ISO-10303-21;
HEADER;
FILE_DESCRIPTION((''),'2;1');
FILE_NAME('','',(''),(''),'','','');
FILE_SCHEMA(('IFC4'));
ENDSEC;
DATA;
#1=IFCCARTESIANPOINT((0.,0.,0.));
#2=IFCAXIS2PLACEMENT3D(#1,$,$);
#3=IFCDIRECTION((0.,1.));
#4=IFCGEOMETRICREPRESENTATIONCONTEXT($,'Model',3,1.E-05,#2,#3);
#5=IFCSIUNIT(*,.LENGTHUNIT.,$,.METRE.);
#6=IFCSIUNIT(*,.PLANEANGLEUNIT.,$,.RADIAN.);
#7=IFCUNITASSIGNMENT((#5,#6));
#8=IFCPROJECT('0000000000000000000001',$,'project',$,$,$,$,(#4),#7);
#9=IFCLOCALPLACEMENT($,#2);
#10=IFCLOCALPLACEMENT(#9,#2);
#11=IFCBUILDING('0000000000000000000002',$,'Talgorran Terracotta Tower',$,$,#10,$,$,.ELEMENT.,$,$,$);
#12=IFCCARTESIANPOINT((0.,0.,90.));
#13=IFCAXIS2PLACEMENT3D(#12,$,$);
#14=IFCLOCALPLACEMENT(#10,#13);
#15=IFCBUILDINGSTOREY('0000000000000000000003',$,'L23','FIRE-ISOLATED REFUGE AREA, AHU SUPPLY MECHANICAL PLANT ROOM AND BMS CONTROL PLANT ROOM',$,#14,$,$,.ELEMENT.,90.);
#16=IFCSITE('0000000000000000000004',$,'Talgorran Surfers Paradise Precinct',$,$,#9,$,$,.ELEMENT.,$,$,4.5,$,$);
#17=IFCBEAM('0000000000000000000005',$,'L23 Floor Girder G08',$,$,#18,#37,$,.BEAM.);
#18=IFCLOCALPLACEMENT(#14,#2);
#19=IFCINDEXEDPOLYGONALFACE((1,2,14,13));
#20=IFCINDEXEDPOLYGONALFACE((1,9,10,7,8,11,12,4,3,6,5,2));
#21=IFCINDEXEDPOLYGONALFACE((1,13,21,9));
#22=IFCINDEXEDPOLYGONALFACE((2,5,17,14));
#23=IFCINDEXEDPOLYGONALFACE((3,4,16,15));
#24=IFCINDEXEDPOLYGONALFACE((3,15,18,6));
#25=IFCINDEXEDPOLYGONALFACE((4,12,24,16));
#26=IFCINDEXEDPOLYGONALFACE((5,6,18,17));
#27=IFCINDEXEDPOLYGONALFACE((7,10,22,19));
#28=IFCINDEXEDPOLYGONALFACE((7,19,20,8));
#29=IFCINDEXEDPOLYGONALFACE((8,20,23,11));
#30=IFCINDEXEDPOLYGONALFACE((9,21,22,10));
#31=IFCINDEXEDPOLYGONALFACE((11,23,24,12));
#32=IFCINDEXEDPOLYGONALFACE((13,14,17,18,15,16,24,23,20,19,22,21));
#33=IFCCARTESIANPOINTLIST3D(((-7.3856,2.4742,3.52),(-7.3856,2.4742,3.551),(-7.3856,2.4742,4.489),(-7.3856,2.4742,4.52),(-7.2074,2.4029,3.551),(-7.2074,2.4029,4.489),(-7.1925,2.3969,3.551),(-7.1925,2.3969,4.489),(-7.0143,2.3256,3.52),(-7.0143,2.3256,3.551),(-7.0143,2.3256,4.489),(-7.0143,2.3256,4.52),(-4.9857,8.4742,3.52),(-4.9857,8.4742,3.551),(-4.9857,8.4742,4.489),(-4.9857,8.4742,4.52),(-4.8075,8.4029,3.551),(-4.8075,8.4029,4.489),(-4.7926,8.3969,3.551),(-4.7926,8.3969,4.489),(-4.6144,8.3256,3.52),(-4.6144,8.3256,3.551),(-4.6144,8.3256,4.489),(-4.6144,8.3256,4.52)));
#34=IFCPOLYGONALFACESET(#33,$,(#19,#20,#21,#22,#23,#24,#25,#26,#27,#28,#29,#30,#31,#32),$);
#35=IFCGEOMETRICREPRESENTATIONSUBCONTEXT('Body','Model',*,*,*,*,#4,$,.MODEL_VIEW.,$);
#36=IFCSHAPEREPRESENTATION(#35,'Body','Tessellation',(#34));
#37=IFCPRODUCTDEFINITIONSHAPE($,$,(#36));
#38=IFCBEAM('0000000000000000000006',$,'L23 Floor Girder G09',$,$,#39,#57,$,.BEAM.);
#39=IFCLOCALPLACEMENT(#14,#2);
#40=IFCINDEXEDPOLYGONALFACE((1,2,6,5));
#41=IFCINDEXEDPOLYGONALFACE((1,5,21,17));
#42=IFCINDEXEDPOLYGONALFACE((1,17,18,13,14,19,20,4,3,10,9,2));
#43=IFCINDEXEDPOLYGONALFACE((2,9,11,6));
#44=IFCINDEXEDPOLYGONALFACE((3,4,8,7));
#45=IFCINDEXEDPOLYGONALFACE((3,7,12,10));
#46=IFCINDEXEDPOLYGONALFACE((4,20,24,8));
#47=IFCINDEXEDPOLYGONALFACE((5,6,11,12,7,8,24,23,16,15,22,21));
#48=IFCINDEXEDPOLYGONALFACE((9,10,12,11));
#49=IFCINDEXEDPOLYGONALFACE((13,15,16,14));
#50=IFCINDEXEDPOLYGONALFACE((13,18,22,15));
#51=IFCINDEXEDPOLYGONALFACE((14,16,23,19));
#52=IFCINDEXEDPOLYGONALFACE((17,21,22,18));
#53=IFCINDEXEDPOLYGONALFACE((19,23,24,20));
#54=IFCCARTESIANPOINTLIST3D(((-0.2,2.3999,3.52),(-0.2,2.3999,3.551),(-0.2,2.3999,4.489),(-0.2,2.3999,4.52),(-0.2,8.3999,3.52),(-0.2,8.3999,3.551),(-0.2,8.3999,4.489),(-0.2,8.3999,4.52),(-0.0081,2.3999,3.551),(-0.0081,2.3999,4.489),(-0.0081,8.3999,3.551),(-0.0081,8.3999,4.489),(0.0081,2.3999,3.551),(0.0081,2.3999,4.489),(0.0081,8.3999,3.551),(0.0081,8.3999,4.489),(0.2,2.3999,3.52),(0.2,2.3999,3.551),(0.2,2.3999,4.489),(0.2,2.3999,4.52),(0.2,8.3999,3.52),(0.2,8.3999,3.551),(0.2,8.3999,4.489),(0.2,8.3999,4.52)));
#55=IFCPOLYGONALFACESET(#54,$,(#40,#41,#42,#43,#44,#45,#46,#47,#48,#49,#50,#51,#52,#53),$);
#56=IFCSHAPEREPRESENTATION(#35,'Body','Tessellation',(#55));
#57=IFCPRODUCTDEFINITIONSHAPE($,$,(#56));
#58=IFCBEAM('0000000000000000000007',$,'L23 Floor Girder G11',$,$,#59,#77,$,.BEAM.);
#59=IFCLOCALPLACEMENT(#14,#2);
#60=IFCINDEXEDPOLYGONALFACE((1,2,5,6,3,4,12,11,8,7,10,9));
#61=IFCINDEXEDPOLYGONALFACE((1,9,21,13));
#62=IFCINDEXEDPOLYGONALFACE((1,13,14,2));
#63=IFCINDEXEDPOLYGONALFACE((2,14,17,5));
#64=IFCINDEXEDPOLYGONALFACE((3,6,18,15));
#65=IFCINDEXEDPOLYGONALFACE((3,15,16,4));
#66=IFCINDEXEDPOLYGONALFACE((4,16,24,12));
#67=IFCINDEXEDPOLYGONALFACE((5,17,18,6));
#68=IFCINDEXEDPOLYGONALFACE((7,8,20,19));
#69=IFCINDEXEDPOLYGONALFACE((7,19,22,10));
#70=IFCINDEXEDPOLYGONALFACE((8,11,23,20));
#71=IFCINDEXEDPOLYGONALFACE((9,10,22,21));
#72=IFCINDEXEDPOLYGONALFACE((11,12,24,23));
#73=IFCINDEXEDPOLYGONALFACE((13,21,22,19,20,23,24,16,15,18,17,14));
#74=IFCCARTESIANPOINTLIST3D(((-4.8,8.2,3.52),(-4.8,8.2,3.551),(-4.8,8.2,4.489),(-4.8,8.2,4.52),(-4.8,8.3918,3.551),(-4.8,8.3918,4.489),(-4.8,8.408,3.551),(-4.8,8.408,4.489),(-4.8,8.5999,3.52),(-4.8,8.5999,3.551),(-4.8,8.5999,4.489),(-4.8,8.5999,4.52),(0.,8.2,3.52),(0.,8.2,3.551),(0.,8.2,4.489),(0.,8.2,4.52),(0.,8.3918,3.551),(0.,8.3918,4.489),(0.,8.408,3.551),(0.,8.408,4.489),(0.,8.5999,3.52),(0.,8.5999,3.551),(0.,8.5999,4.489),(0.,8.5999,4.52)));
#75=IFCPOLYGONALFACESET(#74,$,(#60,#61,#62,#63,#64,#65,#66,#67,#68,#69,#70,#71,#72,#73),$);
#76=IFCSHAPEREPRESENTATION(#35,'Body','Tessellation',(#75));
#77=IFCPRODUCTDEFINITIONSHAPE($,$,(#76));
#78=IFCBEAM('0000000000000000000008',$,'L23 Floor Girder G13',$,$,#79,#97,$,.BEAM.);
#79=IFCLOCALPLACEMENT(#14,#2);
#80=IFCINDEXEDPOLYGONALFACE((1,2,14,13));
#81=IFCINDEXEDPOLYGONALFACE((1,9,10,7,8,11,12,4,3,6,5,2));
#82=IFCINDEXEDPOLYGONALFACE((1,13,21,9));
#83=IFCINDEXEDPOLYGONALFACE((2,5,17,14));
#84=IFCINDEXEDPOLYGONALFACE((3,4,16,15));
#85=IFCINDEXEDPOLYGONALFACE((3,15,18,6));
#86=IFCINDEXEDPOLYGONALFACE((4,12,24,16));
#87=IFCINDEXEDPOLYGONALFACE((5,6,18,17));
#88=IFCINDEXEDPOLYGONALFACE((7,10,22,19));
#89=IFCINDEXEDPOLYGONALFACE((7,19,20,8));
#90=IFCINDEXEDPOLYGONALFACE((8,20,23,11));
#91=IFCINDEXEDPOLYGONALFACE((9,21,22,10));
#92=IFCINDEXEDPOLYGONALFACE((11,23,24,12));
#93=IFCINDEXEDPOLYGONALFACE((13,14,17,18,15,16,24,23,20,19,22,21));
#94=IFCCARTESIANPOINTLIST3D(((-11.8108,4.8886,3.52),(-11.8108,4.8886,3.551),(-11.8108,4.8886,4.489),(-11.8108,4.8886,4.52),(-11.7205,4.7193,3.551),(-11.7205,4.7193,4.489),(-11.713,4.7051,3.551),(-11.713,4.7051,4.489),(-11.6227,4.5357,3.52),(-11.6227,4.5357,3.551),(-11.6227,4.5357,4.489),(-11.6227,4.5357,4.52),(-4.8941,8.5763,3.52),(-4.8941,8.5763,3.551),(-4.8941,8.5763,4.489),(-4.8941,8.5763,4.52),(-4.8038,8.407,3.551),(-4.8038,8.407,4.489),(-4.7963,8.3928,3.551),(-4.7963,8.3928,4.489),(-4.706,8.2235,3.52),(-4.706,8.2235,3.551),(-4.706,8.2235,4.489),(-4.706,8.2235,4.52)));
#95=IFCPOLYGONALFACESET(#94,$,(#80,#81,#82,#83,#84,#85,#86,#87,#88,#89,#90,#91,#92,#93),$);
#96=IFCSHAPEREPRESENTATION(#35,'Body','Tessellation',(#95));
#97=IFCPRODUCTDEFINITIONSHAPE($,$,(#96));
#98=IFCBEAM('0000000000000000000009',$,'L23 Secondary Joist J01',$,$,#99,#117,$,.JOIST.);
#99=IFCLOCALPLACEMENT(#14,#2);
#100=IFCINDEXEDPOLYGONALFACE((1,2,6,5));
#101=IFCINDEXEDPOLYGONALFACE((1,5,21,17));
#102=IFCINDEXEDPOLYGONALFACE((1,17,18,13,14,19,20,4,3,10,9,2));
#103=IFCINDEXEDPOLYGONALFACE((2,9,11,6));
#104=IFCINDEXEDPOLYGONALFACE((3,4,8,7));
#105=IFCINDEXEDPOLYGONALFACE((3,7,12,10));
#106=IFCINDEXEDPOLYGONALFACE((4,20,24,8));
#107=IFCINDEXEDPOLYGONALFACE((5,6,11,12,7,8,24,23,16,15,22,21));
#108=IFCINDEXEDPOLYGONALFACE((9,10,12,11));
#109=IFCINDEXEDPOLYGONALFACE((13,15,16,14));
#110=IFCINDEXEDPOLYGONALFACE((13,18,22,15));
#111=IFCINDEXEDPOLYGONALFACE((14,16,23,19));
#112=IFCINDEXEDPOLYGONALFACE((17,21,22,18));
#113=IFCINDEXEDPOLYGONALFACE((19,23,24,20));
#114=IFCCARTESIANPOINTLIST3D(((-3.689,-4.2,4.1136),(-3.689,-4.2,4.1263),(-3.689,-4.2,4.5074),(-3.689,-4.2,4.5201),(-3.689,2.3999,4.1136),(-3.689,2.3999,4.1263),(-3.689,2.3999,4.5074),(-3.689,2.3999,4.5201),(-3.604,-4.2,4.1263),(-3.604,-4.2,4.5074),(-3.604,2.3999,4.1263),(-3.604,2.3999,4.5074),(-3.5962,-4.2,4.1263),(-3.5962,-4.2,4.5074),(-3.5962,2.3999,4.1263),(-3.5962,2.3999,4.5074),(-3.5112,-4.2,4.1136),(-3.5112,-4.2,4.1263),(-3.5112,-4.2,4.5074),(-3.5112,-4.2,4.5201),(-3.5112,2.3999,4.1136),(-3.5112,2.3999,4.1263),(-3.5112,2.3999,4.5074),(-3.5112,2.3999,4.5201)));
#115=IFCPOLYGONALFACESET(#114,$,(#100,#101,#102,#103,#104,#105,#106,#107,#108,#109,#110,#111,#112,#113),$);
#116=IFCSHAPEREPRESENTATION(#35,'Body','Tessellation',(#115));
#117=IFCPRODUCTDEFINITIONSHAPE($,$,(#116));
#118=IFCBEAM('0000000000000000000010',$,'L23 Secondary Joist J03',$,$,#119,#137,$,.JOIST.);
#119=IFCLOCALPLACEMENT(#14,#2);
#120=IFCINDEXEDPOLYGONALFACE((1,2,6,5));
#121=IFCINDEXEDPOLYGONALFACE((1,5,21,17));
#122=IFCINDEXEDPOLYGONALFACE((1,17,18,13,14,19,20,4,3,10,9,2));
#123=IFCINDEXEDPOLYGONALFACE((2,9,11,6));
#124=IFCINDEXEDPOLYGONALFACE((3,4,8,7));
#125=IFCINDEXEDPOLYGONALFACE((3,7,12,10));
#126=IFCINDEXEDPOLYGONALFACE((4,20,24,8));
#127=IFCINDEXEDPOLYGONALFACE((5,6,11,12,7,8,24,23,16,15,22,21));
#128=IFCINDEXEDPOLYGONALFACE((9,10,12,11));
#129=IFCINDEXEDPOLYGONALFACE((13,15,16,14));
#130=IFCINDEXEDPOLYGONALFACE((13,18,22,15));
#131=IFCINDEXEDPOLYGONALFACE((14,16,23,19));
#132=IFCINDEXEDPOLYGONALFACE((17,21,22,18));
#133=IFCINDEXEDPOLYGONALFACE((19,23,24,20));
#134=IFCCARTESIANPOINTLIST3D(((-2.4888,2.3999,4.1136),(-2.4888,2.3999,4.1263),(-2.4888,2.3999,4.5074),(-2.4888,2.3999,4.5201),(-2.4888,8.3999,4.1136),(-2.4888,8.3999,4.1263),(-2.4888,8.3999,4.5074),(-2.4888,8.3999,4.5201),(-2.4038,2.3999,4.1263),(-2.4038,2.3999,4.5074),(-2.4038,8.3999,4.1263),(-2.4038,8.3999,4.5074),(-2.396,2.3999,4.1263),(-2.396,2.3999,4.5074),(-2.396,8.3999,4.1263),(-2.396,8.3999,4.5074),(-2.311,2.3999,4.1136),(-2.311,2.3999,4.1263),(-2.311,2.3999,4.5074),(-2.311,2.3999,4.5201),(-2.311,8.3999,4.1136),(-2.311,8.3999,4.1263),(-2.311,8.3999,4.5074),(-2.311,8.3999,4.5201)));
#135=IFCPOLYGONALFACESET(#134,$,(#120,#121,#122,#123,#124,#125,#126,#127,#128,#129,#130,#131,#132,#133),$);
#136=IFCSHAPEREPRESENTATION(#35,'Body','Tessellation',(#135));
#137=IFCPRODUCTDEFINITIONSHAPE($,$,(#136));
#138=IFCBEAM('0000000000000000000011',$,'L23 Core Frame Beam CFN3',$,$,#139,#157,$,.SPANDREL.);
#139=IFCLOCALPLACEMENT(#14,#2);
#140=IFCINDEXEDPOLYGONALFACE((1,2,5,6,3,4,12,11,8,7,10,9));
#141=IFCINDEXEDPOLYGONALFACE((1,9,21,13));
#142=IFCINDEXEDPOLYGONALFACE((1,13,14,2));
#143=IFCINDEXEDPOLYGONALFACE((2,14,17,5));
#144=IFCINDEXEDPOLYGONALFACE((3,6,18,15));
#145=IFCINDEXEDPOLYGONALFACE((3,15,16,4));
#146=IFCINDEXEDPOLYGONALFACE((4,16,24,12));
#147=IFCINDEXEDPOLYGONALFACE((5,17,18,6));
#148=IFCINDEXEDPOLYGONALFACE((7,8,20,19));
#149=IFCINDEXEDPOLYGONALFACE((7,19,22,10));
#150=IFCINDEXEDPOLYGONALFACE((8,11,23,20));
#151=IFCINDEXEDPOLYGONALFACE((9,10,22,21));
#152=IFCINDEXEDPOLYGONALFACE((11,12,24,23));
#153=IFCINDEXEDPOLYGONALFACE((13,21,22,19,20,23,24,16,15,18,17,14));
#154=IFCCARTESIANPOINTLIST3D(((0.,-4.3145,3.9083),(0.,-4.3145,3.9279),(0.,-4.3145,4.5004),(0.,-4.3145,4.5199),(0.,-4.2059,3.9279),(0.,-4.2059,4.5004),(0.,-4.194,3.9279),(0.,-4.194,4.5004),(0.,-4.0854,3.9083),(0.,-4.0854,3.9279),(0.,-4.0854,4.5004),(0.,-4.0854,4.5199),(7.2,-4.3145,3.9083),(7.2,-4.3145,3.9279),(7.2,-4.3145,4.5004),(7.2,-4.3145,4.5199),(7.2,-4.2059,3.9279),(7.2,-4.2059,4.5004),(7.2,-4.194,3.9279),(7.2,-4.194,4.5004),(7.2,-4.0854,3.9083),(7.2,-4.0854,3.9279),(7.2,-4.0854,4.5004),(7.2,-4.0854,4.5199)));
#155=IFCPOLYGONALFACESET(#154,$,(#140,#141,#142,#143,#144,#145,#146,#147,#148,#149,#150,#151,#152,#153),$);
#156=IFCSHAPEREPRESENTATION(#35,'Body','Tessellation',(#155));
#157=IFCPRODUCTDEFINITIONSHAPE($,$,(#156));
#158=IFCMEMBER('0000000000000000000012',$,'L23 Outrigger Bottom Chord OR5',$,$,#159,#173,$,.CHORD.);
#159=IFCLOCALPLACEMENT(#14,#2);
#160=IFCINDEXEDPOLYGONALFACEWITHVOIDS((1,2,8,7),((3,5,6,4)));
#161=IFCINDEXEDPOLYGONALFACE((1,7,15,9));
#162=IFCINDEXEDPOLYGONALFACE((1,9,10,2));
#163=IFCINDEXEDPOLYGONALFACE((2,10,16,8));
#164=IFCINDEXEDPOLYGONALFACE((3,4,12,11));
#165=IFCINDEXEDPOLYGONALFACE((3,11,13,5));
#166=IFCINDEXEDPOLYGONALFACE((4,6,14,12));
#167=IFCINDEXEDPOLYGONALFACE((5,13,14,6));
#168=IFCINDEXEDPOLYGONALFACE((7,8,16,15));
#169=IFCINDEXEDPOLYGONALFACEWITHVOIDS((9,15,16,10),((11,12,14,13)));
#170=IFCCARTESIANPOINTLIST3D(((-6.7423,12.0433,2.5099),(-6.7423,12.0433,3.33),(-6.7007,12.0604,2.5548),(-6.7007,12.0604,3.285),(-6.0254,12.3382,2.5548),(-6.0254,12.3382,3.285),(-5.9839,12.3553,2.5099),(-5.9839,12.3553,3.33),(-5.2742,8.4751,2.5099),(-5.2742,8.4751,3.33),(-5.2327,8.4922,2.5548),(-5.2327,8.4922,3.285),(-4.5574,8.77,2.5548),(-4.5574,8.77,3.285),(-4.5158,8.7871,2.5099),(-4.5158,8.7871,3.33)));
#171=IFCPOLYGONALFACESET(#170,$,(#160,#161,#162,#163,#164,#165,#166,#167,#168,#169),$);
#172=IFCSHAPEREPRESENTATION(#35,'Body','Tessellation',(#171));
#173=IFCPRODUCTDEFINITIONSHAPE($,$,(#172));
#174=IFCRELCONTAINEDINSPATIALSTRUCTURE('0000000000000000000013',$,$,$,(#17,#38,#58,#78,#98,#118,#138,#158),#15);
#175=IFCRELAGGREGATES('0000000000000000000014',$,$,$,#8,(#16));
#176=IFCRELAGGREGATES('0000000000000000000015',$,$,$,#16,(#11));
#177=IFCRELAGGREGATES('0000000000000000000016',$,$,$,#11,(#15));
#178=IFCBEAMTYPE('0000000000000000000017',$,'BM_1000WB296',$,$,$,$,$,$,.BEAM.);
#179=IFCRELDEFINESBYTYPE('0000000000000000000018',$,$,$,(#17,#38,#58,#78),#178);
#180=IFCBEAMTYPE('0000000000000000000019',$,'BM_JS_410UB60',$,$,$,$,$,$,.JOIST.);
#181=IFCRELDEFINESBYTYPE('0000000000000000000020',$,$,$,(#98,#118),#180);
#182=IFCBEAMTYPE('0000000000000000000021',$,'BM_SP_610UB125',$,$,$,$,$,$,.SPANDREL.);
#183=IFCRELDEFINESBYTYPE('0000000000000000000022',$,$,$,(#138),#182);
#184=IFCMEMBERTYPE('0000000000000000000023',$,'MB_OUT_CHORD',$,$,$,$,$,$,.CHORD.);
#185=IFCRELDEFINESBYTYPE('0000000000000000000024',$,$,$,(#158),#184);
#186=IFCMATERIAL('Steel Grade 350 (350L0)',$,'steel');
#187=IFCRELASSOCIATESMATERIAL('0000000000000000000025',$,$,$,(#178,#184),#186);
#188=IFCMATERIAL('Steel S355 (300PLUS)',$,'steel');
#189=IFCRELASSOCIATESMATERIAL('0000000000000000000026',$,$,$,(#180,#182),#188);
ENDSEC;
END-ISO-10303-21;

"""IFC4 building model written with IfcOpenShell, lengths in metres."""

from ifc_helpers import new_model, si_unit, direction, frame, origin, origin_2d, place, context, subcontext, project, spatial, hollow_rectangle, i_section, extrude, material, material_profile, profile_set, type_object, element, save


model = new_model("IFC4")

# Units and contexts
model_context = context("Model", 3, precision=1e-05, world=origin(), true_north=direction((0.0, 1.0)))
body_context = subcontext(model_context, "Body", "Model", "MODEL_VIEW")
ifc_project = project(units=[si_unit("LENGTHUNIT", "METRE"), si_unit("PLANEANGLEUNIT", "RADIAN")], contexts=[model_context])

# Site, building, storey
site_placement = place(None, origin())
site = spatial("IfcSite", under=ifc_project, at=site_placement, Name="Talgorran Surfers Paradise Precinct", CompositionType="ELEMENT", RefElevation=4.5)
building_placement = place(site_placement, origin())
building = spatial("IfcBuilding", under=site, at=building_placement, Name="Talgorran Terracotta Tower", CompositionType="ELEMENT")
storey_placement = place(building_placement, frame((0.0, 0.0, 90.0)))
storey = spatial("IfcBuildingStorey", under=building, at=storey_placement, Name="L23", Description="FIRE-ISOLATED REFUGE AREA, AHU SUPPLY MECHANICAL PLANT ROOM AND BMS CONTROL PLANT ROOM", CompositionType="ELEMENT", Elevation=90.0)

# Shared definitions
ifc_material_1 = material(Name="Steel S355 (300PLUS)", Category="steel")

# Beams
ifc_material_2 = material(Name="Steel Grade 350 (350L0)", Category="steel")
ifc_material_profile_1 = material_profile(ifc_material_2, i_section(OverallWidth=0.3999, OverallDepth=1.0, WebThickness=0.0161, FlangeThickness=0.031, at=origin_2d()), Name="1000WB296")
ifc_profile_set_1 = profile_set([ifc_material_profile_1], Name="Steel Grade 350 (350L0)")
beam_type_1 = type_object("IfcBeamType", Name="BM_1000WB296", PredefinedType="BEAM", material=ifc_profile_set_1)
beam_1_placement = place(storey_placement, frame((-7.2, 2.3999, 4.02), z_axis=(0.371378, 0.928482, 0.0), x_axis=(-0.928482, 0.371378, 0.0)))
element("IfcBeam", 1, at=beam_1_placement, inside=storey, type_object=beam_type_1, Name="L23 Floor Girder G08", PredefinedType="BEAM", context=body_context, shape_type="SweptSolid", body=[
    extrude(i_section(OverallWidth=0.3999, OverallDepth=1.0, WebThickness=0.0161, FlangeThickness=0.031, at=origin_2d()), origin(), (0.0, 0.0, 1.0), 6.4622),
])
beam_2_placement = place(storey_placement, frame((0.0, 2.3999, 4.02), z_axis=(0.0, 1.0, 0.0), x_axis=(-1.0, 0.0, 0.0)))
element("IfcBeam", 2, at=beam_2_placement, inside=storey, type_object=beam_type_1, Name="L23 Floor Girder G09", PredefinedType="BEAM", context=body_context, shape_type="SweptSolid", body=[
    extrude(i_section(OverallWidth=0.3999, OverallDepth=1.0, WebThickness=0.0161, FlangeThickness=0.031, at=origin_2d()), origin(), (0.0, 0.0, 1.0), 6.0),
])
beam_3_placement = place(storey_placement, frame((-4.8, 8.3999, 4.02), z_axis=(1.0, 0.0, 0.0), x_axis=(0.0, 1.0, 0.0)))
element("IfcBeam", 3, at=beam_3_placement, inside=storey, type_object=beam_type_1, Name="L23 Floor Girder G11", PredefinedType="BEAM", context=body_context, shape_type="SweptSolid", body=[
    extrude(i_section(OverallWidth=0.3999, OverallDepth=1.0, WebThickness=0.0161, FlangeThickness=0.031, at=origin_2d()), origin(), (0.0, 0.0, 1.0), 4.8),
])
beam_4_placement = place(storey_placement, frame((-4.8, 8.3999, 4.02), z_axis=(-0.882416, -0.47047, 0.0), x_axis=(0.47047, -0.882416, 0.0)))
element("IfcBeam", 4, at=beam_4_placement, inside=storey, type_object=beam_type_1, Name="L23 Floor Girder G13", PredefinedType="BEAM", context=body_context, shape_type="SweptSolid", body=[
    extrude(i_section(OverallWidth=0.3999, OverallDepth=1.0, WebThickness=0.0161, FlangeThickness=0.031, at=origin_2d()), origin(), (0.0, 0.0, 1.0), 7.8384),
])
ifc_material_profile_2 = material_profile(ifc_material_1, i_section(OverallWidth=0.1777, OverallDepth=0.4065, WebThickness=0.0078, FlangeThickness=0.0127, at=origin_2d()), Name="410UB59.7")
ifc_profile_set_2 = profile_set([ifc_material_profile_2], Name="Steel S355 (300PLUS)")
beam_type_2 = type_object("IfcBeamType", Name="BM_JS_410UB60", PredefinedType="JOIST", material=ifc_profile_set_2)
beam_5_placement = place(storey_placement, frame((-3.6001, -4.2, 4.3169), z_axis=(0.0, 1.0, 0.0), x_axis=(-1.0, 0.0, 0.0)))
element("IfcBeam", 5, at=beam_5_placement, inside=storey, type_object=beam_type_2, Name="L23 Secondary Joist J01", PredefinedType="JOIST", context=body_context, shape_type="SweptSolid", body=[
    extrude(i_section(OverallWidth=0.1777, OverallDepth=0.4065, WebThickness=0.0078, FlangeThickness=0.0127, at=origin_2d()), origin(), (0.0, 0.0, 1.0), 6.5999),
])
beam_6_placement = place(storey_placement, frame((-2.3999, 2.3999, 4.3169), z_axis=(0.0, 1.0, 0.0), x_axis=(-1.0, 0.0, 0.0)))
element("IfcBeam", 6, at=beam_6_placement, inside=storey, type_object=beam_type_2, Name="L23 Secondary Joist J03", PredefinedType="JOIST", context=body_context, shape_type="SweptSolid", body=[
    extrude(i_section(OverallWidth=0.1777, OverallDepth=0.4065, WebThickness=0.0078, FlangeThickness=0.0127, at=origin_2d()), origin(), (0.0, 0.0, 1.0), 6.0),
])
ifc_material_profile_3 = material_profile(ifc_material_1, i_section(OverallWidth=0.229, OverallDepth=0.6116, WebThickness=0.012, FlangeThickness=0.0195, at=origin_2d()), Name="610UB125")
ifc_profile_set_3 = profile_set([ifc_material_profile_3], Name="Steel S355 (300PLUS)")
beam_type_3 = type_object("IfcBeamType", Name="BM_SP_610UB125", PredefinedType="SPANDREL", material=ifc_profile_set_3)
beam_7_placement = place(storey_placement, frame((0.0, -4.2, 4.2141), z_axis=(1.0, 0.0, 0.0), x_axis=(0.0, 1.0, 0.0)))
element("IfcBeam", 7, at=beam_7_placement, inside=storey, type_object=beam_type_3, Name="L23 Core Frame Beam CFN3", PredefinedType="SPANDREL", context=body_context, shape_type="SweptSolid", body=[
    extrude(i_section(OverallWidth=0.229, OverallDepth=0.6116, WebThickness=0.012, FlangeThickness=0.0195, at=origin_2d()), origin(), (0.0, 0.0, 1.0), 7.2),
])

# Member
ifc_material_profile_4 = material_profile(ifc_material_2, hollow_rectangle(XDim=0.8201, YDim=0.8201, WallThickness=0.0449, at=origin_2d()), Name="WBOX820X820X45")
ifc_profile_set_4 = profile_set([ifc_material_profile_4], Name="Steel Grade 350 (350L0)")
member_type_1 = type_object("IfcMemberType", Name="MB_OUT_CHORD", PredefinedType="CHORD", material=ifc_profile_set_4)
member_1_placement = place(storey_placement, frame((-4.895, 8.6311, 2.9199), z_axis=(-0.380482, 0.924788, 0.0), x_axis=(-0.924788, -0.380482, 0.0)))
element("IfcMember", 8, at=member_1_placement, inside=storey, type_object=member_type_1, Name="L23 Outrigger Bottom Chord OR5", PredefinedType="CHORD", context=body_context, shape_type="SweptSolid", body=[
    extrude(hollow_rectangle(XDim=0.8201, YDim=0.8201, WallThickness=0.0449, at=origin_2d()), origin(), (0.0, 0.0, 1.0), 3.8584),
])

save(model, "model.ifc")
